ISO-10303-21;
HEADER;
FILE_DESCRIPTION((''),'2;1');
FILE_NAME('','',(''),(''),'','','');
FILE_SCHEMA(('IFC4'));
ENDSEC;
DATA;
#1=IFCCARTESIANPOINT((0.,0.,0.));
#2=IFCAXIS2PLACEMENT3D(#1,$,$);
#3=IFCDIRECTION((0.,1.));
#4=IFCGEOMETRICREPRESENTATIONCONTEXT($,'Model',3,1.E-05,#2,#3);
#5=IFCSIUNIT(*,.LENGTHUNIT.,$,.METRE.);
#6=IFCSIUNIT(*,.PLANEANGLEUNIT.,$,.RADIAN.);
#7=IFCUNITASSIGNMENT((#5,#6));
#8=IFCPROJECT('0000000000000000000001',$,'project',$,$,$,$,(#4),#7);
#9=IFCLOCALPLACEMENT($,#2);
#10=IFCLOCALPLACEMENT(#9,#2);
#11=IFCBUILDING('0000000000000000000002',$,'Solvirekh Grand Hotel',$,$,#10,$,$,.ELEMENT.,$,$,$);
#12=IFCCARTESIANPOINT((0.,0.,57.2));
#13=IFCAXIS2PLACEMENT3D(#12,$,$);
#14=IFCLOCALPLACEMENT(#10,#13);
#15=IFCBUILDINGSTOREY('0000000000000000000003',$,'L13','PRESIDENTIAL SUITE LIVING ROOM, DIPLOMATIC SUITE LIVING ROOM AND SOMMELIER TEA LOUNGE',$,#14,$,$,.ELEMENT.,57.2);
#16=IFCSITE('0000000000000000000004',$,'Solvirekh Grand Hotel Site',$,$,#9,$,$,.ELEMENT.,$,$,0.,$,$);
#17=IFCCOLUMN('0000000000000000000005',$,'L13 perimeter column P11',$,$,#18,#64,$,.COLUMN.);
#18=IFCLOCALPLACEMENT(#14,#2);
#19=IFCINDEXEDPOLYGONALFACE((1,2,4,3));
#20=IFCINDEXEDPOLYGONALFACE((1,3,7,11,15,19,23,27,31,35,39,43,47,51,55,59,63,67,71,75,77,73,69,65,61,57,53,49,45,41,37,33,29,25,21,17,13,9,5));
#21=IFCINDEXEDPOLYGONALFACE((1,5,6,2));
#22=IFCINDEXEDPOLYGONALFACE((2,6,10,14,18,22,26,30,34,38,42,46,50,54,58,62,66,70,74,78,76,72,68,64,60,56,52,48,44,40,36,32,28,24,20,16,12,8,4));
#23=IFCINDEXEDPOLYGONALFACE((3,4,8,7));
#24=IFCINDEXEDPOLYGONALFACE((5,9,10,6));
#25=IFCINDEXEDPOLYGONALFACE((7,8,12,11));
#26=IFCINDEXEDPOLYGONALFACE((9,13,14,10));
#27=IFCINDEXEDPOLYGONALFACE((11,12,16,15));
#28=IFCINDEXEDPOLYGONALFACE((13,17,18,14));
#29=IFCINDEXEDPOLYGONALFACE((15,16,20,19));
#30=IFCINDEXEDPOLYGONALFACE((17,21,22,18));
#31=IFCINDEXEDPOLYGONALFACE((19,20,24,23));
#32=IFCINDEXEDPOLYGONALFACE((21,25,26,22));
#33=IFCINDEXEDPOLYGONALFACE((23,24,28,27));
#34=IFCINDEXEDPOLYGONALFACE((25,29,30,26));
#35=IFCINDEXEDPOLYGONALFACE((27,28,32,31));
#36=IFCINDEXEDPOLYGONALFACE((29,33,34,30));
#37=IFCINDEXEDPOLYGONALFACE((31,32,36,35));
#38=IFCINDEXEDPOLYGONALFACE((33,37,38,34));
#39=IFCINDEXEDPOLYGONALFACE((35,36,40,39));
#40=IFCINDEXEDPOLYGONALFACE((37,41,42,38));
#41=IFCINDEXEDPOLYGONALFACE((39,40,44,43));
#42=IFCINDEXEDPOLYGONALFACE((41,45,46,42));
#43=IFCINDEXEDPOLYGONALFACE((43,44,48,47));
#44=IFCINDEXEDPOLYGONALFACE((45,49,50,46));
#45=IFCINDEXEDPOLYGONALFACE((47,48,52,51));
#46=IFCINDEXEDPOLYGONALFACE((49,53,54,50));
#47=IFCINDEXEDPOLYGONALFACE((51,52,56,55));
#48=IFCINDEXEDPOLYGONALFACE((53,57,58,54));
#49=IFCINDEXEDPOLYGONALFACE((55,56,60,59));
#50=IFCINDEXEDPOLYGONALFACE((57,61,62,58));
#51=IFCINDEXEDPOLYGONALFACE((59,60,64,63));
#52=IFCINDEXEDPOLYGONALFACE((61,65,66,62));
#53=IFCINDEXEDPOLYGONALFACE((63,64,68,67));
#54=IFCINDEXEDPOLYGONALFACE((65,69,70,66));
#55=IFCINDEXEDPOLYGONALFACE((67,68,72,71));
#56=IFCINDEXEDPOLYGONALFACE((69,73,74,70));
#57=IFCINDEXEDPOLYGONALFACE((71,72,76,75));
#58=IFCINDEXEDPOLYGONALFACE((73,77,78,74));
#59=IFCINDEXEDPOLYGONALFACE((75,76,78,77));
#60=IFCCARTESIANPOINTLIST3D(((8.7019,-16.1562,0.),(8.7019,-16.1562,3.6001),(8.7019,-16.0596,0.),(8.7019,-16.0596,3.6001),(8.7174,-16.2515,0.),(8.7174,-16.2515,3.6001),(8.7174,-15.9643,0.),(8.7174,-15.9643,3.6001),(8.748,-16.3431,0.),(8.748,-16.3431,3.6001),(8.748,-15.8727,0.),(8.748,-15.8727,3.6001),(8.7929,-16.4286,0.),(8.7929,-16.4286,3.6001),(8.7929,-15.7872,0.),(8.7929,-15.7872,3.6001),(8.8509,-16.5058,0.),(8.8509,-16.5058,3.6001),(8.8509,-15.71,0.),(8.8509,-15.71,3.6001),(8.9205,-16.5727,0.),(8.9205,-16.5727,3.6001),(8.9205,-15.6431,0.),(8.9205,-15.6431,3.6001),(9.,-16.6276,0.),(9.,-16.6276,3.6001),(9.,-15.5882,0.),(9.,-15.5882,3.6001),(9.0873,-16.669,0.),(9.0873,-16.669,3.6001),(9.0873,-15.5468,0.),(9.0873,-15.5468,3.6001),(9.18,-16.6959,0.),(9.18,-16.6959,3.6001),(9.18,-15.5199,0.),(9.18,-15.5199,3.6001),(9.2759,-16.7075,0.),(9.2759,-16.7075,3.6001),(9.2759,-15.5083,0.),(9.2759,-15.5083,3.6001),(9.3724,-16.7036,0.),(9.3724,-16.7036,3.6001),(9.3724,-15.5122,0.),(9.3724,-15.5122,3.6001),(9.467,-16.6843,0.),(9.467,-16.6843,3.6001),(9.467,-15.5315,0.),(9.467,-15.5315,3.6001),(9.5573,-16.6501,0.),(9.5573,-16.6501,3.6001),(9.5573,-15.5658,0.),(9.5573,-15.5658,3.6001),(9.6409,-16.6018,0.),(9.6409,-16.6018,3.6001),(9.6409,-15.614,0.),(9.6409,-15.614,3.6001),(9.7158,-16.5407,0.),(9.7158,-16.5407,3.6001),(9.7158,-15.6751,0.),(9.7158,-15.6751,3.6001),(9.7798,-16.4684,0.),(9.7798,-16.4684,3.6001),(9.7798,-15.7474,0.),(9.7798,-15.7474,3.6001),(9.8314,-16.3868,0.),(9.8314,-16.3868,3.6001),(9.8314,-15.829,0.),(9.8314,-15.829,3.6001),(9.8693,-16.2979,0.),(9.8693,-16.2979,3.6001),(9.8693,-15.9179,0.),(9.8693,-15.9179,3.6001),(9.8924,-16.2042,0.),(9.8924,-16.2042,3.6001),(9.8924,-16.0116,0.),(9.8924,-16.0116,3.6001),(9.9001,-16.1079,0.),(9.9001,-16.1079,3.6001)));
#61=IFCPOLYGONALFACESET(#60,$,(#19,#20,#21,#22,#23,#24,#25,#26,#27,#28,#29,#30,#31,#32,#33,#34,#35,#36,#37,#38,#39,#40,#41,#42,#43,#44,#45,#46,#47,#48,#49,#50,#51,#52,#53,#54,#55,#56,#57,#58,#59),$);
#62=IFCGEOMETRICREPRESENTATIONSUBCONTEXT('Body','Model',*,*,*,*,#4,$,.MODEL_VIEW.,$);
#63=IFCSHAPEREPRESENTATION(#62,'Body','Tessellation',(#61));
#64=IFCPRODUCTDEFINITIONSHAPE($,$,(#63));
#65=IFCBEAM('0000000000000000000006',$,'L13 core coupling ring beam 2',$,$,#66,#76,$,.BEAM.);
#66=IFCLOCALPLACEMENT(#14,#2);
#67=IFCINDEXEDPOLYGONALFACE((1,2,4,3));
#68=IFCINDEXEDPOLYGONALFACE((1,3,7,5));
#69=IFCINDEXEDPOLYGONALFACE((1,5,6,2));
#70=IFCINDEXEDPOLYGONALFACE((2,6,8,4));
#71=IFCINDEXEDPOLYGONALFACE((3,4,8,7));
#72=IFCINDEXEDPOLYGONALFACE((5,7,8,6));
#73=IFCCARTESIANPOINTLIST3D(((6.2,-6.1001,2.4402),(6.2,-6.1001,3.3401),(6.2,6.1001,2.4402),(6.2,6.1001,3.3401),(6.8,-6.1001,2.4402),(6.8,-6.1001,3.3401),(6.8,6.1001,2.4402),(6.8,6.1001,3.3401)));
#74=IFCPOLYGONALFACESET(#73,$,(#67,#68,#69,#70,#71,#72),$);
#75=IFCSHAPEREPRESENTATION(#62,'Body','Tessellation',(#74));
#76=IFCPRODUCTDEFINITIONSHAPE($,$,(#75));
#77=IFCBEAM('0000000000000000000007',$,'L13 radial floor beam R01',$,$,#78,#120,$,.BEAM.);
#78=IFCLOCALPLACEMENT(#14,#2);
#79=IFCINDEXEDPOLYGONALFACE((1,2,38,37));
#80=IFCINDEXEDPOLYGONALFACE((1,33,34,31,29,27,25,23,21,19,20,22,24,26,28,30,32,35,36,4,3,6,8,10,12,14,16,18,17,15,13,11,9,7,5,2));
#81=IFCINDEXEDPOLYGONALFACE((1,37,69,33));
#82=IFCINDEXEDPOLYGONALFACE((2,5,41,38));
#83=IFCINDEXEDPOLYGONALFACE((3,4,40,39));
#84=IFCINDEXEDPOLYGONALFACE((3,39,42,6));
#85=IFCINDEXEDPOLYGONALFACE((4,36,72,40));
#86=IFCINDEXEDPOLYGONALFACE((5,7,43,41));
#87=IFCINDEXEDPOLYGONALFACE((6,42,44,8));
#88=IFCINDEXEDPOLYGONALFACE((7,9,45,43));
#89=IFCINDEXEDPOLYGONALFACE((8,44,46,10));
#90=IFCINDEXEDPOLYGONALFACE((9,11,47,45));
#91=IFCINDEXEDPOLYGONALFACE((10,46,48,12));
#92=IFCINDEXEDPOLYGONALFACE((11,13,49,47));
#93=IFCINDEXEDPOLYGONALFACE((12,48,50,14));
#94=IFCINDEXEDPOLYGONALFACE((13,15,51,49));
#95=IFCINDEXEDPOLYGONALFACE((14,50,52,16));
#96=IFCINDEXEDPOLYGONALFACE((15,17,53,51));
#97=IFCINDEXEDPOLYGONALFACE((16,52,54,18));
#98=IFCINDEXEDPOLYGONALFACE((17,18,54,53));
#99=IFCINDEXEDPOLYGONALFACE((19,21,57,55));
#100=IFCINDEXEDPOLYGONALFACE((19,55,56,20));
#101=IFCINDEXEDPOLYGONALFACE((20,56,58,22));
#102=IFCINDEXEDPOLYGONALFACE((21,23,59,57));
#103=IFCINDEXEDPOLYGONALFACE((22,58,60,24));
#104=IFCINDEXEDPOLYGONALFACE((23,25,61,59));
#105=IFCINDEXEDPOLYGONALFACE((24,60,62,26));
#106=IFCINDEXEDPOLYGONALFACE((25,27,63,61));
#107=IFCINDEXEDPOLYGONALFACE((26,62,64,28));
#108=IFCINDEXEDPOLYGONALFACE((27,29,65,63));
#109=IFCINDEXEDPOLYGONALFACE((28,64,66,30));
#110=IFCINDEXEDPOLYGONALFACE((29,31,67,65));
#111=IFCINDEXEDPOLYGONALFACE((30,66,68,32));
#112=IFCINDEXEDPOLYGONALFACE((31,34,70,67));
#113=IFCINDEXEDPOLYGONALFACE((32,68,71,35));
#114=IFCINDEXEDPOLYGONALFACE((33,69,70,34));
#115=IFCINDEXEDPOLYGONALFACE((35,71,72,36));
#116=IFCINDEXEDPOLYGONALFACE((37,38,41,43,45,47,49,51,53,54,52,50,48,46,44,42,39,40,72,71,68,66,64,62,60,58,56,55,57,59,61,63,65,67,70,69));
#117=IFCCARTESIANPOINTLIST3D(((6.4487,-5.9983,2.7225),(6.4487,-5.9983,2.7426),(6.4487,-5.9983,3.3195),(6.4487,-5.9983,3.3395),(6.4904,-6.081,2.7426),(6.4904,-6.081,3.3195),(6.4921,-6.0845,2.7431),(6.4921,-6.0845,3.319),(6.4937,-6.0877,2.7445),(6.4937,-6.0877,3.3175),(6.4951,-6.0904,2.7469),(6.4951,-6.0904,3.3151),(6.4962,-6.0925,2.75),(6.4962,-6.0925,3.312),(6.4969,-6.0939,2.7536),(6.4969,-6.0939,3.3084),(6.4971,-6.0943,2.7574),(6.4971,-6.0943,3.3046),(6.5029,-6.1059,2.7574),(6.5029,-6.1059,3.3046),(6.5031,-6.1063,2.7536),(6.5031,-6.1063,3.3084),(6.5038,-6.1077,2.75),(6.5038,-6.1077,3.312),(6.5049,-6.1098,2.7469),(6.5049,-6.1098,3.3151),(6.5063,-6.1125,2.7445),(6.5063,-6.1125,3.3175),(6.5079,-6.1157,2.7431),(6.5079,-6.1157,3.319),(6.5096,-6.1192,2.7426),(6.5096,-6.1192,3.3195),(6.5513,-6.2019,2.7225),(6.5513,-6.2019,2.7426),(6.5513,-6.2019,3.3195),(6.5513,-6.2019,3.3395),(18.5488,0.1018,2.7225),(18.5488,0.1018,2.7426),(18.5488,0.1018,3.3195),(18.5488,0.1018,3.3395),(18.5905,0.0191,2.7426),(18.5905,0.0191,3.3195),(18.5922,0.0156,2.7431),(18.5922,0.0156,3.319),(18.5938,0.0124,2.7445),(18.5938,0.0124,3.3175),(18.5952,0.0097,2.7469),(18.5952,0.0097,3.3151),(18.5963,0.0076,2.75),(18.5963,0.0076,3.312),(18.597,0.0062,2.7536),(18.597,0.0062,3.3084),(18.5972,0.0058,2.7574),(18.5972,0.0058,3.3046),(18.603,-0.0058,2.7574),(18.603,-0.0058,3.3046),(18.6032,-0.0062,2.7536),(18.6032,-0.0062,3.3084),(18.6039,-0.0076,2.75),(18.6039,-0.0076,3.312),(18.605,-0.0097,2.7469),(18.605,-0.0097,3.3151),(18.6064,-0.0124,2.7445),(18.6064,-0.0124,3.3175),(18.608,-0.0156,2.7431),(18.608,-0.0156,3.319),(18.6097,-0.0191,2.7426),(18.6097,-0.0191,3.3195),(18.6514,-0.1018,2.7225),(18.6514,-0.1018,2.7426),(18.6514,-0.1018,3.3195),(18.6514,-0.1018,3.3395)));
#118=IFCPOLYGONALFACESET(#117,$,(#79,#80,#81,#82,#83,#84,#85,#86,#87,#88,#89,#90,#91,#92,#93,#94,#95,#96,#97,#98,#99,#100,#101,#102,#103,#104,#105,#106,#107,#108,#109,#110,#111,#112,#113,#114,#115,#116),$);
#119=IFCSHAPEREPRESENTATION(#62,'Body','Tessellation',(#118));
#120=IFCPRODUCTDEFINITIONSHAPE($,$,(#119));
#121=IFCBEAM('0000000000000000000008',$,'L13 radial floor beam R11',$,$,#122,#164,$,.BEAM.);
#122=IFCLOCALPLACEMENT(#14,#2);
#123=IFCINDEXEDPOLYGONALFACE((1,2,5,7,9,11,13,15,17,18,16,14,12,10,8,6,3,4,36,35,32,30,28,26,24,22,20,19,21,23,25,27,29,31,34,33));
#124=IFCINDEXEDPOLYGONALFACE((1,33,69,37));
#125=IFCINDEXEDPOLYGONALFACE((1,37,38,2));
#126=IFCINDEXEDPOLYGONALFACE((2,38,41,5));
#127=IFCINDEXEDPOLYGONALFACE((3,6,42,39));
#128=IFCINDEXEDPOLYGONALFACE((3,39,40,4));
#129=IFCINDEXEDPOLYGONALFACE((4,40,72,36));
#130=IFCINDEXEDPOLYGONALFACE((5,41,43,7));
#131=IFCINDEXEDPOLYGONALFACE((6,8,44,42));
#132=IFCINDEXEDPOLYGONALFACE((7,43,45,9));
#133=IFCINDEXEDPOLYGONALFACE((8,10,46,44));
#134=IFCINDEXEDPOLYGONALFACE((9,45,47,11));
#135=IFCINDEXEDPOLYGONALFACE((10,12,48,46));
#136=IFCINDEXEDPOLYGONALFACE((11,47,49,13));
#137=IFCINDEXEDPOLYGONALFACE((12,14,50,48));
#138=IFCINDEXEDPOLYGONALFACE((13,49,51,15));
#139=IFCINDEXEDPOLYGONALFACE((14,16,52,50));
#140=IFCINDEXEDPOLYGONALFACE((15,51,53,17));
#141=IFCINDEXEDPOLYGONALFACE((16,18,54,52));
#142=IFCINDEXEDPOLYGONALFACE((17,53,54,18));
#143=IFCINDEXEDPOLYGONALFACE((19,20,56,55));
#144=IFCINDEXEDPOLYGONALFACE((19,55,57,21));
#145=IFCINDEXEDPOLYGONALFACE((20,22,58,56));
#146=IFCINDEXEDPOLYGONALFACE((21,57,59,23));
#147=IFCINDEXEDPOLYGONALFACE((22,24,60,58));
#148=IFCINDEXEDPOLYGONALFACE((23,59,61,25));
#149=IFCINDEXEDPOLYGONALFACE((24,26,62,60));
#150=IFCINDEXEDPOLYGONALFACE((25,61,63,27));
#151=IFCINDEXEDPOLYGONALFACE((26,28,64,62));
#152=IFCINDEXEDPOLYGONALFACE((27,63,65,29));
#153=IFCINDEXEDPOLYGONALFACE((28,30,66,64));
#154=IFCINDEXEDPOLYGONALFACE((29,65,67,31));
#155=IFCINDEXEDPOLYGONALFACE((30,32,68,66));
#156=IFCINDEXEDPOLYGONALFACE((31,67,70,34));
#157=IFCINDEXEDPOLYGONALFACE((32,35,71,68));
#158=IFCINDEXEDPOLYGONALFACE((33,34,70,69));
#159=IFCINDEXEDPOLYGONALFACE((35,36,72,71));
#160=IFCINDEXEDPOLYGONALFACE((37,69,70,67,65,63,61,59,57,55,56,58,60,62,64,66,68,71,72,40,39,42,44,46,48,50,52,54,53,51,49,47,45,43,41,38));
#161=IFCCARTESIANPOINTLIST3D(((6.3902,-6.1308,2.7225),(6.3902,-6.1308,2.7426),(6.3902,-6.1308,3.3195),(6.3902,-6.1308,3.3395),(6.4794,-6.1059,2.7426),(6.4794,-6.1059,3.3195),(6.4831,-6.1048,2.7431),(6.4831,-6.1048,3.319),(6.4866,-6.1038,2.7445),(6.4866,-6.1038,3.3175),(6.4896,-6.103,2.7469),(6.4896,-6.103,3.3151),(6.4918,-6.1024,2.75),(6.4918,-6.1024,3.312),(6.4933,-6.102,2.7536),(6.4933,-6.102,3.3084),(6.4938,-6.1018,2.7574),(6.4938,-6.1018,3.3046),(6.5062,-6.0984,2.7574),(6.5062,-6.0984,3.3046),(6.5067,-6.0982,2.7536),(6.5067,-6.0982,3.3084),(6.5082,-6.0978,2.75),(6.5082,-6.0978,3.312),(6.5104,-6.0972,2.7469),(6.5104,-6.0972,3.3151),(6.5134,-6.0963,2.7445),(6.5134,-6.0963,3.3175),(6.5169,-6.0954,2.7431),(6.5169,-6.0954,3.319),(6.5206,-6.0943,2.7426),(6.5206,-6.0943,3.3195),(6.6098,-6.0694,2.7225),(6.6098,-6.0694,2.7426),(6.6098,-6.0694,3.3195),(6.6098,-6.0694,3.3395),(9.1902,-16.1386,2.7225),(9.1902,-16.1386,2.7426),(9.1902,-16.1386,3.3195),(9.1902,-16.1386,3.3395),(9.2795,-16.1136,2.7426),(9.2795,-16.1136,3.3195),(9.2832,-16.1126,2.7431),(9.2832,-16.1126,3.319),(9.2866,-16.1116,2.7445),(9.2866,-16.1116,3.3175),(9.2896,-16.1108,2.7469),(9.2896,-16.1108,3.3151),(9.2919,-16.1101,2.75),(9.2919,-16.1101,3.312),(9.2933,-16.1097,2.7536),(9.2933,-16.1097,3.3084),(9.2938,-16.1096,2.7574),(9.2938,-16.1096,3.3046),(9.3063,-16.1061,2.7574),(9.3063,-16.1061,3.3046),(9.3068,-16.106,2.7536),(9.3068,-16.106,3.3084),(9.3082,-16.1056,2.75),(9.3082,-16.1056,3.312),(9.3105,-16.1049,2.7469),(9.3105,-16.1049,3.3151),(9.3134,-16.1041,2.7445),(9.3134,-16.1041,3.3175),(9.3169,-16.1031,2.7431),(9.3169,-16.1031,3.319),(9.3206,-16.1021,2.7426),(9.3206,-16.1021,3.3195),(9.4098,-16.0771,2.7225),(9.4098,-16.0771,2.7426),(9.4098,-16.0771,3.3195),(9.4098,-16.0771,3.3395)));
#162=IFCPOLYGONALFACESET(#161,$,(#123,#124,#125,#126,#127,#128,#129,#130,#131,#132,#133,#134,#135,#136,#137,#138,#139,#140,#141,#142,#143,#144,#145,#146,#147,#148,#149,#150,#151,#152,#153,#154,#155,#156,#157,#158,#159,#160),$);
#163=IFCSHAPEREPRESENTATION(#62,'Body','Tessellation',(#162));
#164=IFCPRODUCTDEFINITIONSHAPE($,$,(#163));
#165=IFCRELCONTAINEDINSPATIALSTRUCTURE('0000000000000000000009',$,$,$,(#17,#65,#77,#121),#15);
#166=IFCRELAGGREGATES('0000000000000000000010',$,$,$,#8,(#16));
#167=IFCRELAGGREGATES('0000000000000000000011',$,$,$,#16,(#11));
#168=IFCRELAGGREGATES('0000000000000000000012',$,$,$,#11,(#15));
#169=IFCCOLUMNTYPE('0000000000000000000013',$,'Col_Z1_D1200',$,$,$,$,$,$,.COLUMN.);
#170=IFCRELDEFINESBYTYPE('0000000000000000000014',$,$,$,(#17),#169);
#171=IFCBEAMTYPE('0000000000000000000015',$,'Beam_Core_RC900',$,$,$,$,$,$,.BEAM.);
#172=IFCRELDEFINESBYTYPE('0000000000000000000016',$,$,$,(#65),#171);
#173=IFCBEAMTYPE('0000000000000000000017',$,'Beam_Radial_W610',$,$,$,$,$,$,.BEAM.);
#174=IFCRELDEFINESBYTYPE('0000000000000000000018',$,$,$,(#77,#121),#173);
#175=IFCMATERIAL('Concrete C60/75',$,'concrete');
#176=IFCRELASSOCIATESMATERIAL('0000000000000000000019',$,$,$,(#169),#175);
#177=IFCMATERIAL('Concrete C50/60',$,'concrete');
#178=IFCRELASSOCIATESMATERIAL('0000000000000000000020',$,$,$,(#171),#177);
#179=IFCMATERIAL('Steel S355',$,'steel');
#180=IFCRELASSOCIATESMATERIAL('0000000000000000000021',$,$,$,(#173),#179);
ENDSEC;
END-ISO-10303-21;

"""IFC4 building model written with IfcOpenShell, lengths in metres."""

from ifc_helpers import new_model, si_unit, direction, frame, origin, origin_2d, place, context, subcontext, project, spatial, rectangle, circle, i_section, extrude, material, material_profile, profile_set, type_object, element, save


model = new_model("IFC4")

# Units and contexts
model_context = context("Model", 3, precision=1e-05, world=origin(), true_north=direction((0.0, 1.0)))
body_context = subcontext(model_context, "Body", "Model", "MODEL_VIEW")
ifc_project = project(units=[si_unit("LENGTHUNIT", "METRE"), si_unit("PLANEANGLEUNIT", "RADIAN")], contexts=[model_context])

# Site, building, storey
site_placement = place(None, origin())
site = spatial("IfcSite", under=ifc_project, at=site_placement, Name="Solvirekh Grand Hotel Site", CompositionType="ELEMENT", RefElevation=0.0)
building_placement = place(site_placement, origin())
building = spatial("IfcBuilding", under=site, at=building_placement, Name="Solvirekh Grand Hotel", CompositionType="ELEMENT")
storey_placement = place(building_placement, frame((0.0, 0.0, 57.2)))
storey = spatial("IfcBuildingStorey", under=building, at=storey_placement, Name="L13", Description="PRESIDENTIAL SUITE LIVING ROOM, DIPLOMATIC SUITE LIVING ROOM AND SOMMELIER TEA LOUNGE", CompositionType="ELEMENT", Elevation=57.2)

# Column
ifc_material_1 = material(Name="Concrete C60/75", Category="concrete")
ifc_material_profile_1 = material_profile(ifc_material_1, circle(Radius=0.6001, at=origin_2d()), Name="RC CIRC D1200")
ifc_profile_set_1 = profile_set([ifc_material_profile_1], Name="Concrete C60/75")
column_type = type_object("IfcColumnType", Name="Col_Z1_D1200", PredefinedType="COLUMN", material=ifc_profile_set_1)
column_placement = place(storey_placement, frame((9.3, -16.1079, 0.0), z_axis=(0.0, 0.0, 1.0), x_axis=(1.0, 0.0, 0.0)))
element("IfcColumn", 1, at=column_placement, inside=storey, type_object=column_type, Name="L13 perimeter column P11", PredefinedType="COLUMN", context=body_context, shape_type="SweptSolid", body=[
    extrude(circle(Radius=0.6001, at=origin_2d()), origin(), (0.0, 0.0, 1.0), 3.6001),
])

# Beams
ifc_material_2 = material(Name="Concrete C50/60", Category="concrete")
ifc_material_profile_2 = material_profile(ifc_material_2, rectangle(XDim=0.6001, YDim=0.8999, at=origin_2d()), Name="RC BEAM 600X900")
ifc_profile_set_2 = profile_set([ifc_material_profile_2], Name="Concrete C50/60")
beam_type_1 = type_object("IfcBeamType", Name="Beam_Core_RC900", PredefinedType="BEAM", material=ifc_profile_set_2)
beam_1_placement = place(storey_placement, frame((6.5, -6.1001, 2.8901), z_axis=(0.0, 1.0, 0.0), x_axis=(-1.0, 0.0, 0.0)))
element("IfcBeam", 2, at=beam_1_placement, inside=storey, type_object=beam_type_1, Name="L13 core coupling ring beam 2", PredefinedType="BEAM", context=body_context, shape_type="SweptSolid", body=[
    extrude(rectangle(XDim=0.6001, YDim=0.8999, at=origin_2d()), origin(), (0.0, 0.0, 1.0), 12.2002),
])
ifc_material_3 = material(Name="Steel S355", Category="steel")
ifc_material_profile_3 = material_profile(ifc_material_3, i_section(OverallWidth=0.228, OverallDepth=0.6169, WebThickness=0.0129, FlangeThickness=0.02, FilletRadius=0.0149, at=origin_2d()), Name="W610X140")
ifc_profile_set_3 = profile_set([ifc_material_profile_3], Name="Steel S355")
beam_type_2 = type_object("IfcBeamType", Name="Beam_Radial_W610", PredefinedType="BEAM", material=ifc_profile_set_3)
beam_2_placement = place(storey_placement, frame((6.5, -6.1001, 3.031), z_axis=(0.892945, 0.450166, 0.0), x_axis=(-0.450166, 0.892945, 0.0)))
element("IfcBeam", 3, at=beam_2_placement, inside=storey, type_object=beam_type_2, Name="L13 radial floor beam R01", PredefinedType="BEAM", context=body_context, shape_type="SweptSolid", body=[
    extrude(i_section(OverallWidth=0.228, OverallDepth=0.6169, WebThickness=0.0129, FlangeThickness=0.02, FilletRadius=0.0149, at=origin_2d()), origin(), (0.0, 0.0, 1.0), 13.5508),
])
beam_3_placement = place(storey_placement, frame((6.5, -6.1001, 3.031), z_axis=(0.269439, -0.963017, 0.0), x_axis=(0.963017, 0.269439, 0.0)))
element("IfcBeam", 4, at=beam_3_placement, inside=storey, type_object=beam_type_2, Name="L13 radial floor beam R11", PredefinedType="BEAM", context=body_context, shape_type="SweptSolid", body=[
    extrude(i_section(OverallWidth=0.228, OverallDepth=0.6169, WebThickness=0.0129, FlangeThickness=0.02, FilletRadius=0.0149, at=origin_2d()), origin(), (0.0, 0.0, 1.0), 10.3921),
])

save(model, "model.ifc")
